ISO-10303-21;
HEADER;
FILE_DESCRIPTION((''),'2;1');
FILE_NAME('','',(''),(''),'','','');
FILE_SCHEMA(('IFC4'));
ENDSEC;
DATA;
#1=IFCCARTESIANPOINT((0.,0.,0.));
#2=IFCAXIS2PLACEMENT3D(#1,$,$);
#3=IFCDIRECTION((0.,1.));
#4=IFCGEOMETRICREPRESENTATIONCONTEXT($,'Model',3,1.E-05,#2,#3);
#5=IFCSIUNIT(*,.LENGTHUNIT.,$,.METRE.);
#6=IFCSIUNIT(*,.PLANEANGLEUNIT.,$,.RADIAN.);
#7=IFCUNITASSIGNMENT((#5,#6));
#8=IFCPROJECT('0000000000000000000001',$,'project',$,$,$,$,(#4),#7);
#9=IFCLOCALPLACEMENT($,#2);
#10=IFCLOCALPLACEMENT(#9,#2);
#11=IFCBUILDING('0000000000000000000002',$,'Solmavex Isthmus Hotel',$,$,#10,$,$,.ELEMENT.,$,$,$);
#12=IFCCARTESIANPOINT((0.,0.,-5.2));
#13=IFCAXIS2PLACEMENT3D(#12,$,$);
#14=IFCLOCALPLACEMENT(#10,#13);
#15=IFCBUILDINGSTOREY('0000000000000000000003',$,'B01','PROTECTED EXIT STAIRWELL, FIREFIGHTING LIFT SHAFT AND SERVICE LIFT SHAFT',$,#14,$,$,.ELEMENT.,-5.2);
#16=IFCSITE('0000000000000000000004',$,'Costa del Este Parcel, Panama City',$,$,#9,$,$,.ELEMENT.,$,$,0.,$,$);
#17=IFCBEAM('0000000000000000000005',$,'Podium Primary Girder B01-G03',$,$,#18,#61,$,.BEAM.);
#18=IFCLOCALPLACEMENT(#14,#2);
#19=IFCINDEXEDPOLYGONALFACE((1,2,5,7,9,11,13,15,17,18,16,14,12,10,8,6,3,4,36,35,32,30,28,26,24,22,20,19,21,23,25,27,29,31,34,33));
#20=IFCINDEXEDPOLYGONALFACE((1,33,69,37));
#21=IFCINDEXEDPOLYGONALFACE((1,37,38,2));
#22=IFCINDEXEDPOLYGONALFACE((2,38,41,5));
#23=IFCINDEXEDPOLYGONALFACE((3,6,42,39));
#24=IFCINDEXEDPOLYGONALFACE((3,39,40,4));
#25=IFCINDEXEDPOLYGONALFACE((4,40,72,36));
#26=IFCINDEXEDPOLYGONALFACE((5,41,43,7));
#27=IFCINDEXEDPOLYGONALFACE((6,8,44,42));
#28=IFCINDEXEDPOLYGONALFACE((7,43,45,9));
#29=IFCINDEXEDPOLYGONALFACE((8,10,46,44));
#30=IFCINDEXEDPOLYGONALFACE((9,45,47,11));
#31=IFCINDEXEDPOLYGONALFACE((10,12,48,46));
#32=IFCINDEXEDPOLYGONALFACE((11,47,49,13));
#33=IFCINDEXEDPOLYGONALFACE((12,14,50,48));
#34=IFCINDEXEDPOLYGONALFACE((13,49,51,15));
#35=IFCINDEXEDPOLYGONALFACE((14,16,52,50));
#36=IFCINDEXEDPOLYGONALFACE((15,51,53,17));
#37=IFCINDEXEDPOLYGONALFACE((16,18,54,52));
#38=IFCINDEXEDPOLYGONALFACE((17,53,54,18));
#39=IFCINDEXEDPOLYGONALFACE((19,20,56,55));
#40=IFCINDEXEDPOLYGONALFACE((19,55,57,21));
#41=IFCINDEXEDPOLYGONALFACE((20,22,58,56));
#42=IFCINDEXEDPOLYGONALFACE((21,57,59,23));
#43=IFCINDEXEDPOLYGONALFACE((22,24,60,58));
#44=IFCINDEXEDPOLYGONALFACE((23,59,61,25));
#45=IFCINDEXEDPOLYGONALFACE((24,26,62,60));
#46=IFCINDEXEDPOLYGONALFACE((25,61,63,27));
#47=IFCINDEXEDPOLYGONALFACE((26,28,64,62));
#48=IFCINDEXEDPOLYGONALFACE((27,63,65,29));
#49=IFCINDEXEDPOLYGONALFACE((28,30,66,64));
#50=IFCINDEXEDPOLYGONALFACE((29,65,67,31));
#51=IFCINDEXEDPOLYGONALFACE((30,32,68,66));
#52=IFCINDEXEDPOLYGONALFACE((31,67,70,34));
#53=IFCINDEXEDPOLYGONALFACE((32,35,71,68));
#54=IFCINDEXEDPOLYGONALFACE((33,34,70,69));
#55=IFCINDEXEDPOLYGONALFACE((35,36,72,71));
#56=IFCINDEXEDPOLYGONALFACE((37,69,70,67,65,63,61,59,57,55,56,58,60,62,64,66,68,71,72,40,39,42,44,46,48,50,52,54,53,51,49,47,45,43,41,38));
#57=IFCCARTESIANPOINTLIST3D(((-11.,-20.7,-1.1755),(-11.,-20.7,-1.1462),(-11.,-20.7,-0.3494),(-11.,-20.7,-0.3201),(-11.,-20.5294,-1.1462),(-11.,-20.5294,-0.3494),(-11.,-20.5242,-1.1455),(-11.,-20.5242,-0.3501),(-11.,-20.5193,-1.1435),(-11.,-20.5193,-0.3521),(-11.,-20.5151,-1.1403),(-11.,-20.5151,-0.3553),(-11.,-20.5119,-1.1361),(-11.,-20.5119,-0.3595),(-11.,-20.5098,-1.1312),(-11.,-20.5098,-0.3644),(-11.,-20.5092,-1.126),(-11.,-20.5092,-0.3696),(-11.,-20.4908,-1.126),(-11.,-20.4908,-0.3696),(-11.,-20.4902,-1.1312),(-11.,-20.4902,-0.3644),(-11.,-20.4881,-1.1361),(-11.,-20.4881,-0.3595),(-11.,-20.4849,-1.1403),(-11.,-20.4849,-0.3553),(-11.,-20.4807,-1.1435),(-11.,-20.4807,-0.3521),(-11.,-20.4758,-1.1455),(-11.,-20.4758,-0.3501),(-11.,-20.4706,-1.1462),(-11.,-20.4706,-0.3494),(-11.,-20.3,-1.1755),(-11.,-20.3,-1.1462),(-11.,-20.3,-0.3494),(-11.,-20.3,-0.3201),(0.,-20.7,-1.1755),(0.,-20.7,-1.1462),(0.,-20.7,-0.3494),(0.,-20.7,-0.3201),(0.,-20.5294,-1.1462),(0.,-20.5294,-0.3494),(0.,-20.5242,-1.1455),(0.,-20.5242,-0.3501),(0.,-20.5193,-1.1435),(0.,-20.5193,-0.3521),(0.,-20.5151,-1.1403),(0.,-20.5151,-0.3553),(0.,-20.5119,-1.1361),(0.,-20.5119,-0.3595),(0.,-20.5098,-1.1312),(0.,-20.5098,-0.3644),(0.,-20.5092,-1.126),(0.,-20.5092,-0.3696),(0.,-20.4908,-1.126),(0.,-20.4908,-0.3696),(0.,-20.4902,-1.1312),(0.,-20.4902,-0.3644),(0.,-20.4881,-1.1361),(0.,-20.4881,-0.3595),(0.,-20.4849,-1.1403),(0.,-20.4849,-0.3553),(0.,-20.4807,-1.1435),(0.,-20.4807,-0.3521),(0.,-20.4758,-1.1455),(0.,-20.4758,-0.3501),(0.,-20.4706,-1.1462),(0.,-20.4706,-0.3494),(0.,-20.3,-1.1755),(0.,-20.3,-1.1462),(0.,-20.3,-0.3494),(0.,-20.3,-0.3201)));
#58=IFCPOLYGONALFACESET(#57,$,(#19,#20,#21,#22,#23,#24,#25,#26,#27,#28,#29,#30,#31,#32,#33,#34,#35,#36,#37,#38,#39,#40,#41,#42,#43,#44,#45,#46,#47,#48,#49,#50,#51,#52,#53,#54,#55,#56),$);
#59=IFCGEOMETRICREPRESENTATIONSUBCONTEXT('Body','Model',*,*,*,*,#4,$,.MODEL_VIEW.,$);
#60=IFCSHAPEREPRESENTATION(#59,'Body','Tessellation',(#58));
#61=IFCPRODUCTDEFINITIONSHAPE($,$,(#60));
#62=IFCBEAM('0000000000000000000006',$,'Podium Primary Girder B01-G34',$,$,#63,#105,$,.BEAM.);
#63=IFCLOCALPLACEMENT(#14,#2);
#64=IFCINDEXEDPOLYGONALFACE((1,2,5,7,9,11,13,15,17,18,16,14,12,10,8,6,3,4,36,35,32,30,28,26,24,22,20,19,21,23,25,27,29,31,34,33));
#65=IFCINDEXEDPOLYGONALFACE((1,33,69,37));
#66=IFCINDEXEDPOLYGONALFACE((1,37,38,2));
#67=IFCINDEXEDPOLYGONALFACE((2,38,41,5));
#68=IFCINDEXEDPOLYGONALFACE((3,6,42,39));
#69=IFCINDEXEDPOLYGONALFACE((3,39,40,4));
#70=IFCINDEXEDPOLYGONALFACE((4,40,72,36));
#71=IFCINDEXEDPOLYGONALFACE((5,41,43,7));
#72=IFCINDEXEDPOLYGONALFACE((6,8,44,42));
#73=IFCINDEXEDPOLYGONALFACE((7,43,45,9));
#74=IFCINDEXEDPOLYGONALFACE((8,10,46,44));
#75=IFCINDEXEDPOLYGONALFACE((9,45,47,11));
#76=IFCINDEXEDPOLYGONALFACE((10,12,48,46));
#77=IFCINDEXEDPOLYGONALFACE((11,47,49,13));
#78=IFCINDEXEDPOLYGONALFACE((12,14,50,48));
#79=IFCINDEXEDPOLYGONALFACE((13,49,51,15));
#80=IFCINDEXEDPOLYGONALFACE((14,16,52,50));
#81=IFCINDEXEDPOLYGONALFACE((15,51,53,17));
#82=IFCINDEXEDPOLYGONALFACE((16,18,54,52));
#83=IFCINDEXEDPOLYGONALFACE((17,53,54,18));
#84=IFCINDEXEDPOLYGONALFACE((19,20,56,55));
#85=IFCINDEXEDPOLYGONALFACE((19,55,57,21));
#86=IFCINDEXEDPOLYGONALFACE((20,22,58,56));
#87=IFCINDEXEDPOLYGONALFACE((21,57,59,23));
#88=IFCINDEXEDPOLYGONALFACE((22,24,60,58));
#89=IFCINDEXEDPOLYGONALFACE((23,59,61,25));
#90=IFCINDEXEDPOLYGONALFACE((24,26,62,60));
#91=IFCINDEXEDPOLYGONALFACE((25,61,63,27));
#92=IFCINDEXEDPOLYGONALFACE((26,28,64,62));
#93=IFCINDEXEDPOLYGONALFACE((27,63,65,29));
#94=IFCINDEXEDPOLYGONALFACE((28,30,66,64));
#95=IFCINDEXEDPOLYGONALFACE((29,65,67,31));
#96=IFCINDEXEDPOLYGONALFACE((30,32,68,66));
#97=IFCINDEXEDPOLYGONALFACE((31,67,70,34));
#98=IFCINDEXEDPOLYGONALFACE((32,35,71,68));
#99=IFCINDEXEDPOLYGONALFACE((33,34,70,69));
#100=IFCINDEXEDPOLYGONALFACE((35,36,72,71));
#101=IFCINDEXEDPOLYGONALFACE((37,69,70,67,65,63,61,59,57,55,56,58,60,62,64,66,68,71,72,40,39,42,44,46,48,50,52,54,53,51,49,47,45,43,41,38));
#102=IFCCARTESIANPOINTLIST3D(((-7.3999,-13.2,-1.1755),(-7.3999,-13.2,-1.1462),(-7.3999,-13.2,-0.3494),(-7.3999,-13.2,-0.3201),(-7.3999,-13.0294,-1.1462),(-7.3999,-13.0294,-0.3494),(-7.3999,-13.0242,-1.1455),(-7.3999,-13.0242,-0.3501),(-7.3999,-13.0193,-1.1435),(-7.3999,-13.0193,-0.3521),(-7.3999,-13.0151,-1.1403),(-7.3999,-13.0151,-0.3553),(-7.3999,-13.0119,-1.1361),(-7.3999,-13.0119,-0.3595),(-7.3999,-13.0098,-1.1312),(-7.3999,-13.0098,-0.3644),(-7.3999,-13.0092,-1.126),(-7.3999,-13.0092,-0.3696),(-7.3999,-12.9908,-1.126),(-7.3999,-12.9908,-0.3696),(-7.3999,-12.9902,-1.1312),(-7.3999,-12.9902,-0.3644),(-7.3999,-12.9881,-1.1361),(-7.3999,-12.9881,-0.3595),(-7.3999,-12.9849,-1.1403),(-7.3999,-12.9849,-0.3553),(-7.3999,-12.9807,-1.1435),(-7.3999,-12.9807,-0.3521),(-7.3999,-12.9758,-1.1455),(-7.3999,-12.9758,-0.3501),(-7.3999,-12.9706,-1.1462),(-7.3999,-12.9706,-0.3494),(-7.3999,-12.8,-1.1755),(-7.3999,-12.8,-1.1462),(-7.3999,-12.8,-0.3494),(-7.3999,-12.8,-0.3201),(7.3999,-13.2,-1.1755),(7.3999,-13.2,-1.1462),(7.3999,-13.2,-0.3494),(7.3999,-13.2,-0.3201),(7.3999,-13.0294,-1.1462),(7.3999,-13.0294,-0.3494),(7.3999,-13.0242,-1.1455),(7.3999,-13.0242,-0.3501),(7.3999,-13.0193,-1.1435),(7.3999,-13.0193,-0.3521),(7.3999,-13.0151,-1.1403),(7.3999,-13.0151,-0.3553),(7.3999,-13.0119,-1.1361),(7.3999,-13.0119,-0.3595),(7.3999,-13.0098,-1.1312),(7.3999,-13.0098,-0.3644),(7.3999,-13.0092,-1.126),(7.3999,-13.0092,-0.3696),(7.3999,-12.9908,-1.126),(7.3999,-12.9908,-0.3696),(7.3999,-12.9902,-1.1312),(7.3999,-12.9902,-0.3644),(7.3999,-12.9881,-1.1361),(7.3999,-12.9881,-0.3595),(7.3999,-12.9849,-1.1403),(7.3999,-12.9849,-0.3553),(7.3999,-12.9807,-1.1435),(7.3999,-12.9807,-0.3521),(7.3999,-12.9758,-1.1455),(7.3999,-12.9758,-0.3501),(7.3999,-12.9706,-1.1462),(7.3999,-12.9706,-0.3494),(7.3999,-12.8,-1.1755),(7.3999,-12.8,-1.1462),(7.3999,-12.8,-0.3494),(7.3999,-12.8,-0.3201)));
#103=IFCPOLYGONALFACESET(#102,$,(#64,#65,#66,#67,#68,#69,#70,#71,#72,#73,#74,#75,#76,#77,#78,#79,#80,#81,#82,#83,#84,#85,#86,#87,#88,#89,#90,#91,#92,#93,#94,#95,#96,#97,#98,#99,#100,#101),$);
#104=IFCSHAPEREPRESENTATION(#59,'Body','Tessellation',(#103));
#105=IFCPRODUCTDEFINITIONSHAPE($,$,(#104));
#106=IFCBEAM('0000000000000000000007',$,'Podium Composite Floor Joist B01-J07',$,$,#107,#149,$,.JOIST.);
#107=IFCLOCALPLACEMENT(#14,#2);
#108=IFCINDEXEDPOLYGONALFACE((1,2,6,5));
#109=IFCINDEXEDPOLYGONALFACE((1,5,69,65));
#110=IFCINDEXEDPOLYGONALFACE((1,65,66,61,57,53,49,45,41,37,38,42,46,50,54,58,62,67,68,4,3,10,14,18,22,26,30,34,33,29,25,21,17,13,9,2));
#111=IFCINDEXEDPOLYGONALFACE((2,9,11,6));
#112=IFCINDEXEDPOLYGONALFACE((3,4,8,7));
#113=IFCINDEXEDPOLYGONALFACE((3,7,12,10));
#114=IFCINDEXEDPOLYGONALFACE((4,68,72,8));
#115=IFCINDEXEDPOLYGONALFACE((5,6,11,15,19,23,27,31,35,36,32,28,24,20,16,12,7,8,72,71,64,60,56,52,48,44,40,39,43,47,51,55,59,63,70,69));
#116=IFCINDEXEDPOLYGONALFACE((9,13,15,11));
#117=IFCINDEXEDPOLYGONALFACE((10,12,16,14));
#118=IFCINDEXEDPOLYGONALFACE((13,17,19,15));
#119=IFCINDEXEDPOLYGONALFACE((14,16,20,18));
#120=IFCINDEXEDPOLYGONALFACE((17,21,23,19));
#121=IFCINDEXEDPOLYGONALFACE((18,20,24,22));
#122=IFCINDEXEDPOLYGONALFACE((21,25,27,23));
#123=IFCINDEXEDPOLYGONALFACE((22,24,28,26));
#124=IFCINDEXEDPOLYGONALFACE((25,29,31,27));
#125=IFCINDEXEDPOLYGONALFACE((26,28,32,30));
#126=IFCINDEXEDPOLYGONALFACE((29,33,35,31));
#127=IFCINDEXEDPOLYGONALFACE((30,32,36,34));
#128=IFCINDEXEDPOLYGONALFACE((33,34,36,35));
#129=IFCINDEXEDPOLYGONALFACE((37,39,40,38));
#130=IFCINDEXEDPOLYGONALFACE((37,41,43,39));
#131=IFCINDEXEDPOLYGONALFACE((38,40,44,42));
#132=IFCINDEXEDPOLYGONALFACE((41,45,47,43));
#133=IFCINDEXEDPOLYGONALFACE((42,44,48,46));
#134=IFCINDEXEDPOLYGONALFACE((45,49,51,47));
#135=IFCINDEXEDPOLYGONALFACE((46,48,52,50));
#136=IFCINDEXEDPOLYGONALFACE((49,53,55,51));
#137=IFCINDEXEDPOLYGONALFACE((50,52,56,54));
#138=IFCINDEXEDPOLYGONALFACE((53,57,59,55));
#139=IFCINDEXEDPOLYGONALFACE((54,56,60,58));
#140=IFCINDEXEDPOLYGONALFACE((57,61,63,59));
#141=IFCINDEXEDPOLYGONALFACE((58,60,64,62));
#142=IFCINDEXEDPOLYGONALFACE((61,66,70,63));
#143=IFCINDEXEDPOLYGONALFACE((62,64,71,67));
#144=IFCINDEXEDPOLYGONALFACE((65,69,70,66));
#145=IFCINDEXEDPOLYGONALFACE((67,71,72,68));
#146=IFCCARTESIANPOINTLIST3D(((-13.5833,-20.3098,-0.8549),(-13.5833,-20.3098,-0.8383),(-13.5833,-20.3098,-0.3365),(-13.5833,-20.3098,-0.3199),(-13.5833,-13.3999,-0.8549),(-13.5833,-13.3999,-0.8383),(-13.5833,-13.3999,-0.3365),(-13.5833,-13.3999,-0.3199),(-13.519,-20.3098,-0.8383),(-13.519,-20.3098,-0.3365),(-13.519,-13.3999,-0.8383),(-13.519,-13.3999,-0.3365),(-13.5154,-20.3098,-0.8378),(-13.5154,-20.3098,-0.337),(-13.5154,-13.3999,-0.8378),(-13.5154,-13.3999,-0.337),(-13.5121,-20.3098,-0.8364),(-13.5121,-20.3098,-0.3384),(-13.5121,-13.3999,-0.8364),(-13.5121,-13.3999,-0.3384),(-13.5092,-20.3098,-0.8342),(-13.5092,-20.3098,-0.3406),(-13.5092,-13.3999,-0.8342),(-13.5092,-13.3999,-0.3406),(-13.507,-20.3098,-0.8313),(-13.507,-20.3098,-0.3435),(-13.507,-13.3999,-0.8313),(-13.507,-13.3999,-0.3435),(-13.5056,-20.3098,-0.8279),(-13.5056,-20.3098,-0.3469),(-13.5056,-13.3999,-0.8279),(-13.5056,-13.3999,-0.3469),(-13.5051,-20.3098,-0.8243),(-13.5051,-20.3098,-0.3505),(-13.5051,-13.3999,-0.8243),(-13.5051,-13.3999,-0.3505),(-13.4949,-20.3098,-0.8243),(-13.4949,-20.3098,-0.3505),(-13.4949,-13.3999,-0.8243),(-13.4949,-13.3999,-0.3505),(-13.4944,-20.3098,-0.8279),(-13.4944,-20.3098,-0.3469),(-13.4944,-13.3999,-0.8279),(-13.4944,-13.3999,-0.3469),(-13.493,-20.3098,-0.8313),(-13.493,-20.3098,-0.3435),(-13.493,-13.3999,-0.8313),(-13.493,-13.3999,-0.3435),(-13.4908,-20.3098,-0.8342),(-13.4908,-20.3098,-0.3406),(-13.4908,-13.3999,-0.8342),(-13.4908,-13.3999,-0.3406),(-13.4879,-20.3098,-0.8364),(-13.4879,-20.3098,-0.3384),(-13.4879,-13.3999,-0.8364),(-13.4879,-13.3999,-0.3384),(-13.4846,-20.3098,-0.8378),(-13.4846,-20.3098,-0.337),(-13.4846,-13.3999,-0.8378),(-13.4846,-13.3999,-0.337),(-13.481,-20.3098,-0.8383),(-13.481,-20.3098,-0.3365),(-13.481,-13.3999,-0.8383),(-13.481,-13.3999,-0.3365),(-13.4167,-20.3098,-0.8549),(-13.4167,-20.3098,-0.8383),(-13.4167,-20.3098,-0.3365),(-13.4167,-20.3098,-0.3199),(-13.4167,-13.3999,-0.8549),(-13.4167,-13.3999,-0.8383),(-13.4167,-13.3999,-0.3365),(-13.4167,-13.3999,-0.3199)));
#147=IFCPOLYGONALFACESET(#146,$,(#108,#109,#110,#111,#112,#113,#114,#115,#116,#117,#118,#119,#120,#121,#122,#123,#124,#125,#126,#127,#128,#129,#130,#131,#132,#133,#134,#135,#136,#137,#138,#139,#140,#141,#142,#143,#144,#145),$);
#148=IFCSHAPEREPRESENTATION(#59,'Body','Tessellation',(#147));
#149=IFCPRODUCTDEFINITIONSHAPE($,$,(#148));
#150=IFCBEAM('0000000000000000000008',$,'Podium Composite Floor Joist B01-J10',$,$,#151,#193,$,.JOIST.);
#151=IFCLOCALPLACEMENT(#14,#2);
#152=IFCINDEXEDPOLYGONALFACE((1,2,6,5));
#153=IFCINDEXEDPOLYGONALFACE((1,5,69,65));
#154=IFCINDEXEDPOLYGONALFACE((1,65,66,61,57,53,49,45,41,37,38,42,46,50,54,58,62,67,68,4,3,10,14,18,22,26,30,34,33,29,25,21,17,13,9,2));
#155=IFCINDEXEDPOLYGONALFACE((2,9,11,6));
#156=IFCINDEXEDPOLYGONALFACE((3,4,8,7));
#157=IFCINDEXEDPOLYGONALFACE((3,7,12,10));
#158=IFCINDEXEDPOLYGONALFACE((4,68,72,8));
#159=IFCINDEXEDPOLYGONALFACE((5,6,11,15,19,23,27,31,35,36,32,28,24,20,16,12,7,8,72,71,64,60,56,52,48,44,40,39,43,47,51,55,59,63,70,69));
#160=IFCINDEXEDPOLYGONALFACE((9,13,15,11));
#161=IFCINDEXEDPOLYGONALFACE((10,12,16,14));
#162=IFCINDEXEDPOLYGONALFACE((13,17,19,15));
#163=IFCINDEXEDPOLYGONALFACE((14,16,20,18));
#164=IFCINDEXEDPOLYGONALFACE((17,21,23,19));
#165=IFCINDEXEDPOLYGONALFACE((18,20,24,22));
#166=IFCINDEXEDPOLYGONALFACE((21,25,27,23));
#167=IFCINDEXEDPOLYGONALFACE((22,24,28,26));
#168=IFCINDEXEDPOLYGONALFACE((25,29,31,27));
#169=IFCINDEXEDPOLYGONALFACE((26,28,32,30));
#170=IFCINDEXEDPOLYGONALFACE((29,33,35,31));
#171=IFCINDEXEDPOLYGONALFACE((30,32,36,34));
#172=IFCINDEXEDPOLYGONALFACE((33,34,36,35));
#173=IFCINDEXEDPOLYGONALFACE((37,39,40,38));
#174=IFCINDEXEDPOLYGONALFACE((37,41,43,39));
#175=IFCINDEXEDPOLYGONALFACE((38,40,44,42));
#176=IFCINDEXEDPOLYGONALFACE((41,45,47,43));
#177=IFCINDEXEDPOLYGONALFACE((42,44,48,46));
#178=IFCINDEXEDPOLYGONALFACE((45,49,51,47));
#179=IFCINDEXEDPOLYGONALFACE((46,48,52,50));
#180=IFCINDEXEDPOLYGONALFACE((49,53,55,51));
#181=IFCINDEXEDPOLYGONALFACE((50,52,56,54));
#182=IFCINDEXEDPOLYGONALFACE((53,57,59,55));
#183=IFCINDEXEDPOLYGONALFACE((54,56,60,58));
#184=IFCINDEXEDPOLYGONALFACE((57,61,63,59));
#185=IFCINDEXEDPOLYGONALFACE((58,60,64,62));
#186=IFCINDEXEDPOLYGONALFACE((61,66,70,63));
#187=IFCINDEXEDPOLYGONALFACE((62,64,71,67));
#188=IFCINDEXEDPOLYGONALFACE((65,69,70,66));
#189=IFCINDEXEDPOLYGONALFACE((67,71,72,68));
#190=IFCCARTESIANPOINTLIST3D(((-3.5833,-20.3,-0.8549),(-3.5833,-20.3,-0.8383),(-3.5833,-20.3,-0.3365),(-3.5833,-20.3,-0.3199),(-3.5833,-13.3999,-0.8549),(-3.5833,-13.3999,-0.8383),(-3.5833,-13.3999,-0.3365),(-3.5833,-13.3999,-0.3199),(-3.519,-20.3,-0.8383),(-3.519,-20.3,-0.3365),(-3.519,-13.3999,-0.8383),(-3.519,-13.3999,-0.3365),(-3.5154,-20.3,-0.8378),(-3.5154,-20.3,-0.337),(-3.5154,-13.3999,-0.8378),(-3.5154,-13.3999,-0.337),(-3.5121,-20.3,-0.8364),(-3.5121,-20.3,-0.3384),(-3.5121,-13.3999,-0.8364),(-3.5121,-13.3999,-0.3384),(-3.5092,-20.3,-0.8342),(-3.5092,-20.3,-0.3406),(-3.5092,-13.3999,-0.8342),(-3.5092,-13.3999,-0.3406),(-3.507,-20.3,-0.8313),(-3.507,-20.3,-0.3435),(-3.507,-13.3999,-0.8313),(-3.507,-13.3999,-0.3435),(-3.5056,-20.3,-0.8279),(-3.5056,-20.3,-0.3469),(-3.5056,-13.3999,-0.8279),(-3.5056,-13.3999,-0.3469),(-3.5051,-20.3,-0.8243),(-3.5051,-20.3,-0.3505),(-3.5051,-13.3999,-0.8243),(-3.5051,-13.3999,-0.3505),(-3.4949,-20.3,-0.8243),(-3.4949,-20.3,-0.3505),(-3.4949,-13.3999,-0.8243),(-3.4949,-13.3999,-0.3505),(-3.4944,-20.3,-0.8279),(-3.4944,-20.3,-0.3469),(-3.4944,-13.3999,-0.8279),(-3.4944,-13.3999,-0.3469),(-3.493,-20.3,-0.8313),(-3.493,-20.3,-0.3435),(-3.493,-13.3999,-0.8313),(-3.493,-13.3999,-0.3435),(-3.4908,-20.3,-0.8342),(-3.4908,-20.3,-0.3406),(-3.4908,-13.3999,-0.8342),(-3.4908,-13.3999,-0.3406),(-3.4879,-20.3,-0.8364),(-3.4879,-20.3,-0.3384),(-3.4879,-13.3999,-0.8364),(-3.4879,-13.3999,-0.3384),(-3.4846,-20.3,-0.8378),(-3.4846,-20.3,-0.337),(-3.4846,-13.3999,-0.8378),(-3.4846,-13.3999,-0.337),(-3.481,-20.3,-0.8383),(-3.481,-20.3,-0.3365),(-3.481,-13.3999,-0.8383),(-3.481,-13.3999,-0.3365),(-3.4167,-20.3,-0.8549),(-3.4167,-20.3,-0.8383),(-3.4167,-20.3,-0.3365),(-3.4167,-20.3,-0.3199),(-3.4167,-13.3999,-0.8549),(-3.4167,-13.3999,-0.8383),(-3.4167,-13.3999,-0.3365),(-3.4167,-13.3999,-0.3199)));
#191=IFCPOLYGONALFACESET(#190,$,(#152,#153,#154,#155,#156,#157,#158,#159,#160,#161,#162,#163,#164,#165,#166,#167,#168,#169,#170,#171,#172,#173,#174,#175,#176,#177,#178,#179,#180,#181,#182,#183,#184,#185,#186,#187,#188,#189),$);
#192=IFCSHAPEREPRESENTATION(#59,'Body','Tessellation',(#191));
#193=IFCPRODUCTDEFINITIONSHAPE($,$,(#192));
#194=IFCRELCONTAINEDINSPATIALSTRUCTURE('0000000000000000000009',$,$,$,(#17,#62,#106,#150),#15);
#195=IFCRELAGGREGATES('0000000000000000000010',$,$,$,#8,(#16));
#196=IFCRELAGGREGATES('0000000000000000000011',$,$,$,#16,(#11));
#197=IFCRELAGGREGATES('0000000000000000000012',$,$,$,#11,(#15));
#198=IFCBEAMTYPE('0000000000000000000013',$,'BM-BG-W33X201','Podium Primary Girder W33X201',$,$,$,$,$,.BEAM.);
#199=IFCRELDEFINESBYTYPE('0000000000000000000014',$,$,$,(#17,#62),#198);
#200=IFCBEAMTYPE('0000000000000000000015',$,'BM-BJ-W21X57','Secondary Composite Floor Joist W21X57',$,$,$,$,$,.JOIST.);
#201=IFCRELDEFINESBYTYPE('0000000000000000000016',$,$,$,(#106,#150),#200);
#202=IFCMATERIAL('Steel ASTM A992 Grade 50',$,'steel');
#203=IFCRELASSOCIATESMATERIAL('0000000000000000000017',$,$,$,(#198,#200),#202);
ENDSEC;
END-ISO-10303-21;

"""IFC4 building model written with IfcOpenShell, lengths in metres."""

from ifc_helpers import new_model, si_unit, direction, frame, origin, origin_2d, place, context, subcontext, project, spatial, i_section, extrude, material, material_profile, profile_set, type_object, element, save


model = new_model("IFC4")

# Units and contexts
model_context = context("Model", 3, precision=1e-05, world=origin(), true_north=direction((0.0, 1.0)))
body_context = subcontext(model_context, "Body", "Model", "MODEL_VIEW")
ifc_project = project(units=[si_unit("LENGTHUNIT", "METRE"), si_unit("PLANEANGLEUNIT", "RADIAN")], contexts=[model_context])

# Site, building, storey
site_placement = place(None, origin())
site = spatial("IfcSite", under=ifc_project, at=site_placement, Name="Costa del Este Parcel, Panama City", CompositionType="ELEMENT", RefElevation=0.0)
building_placement = place(site_placement, origin())
building = spatial("IfcBuilding", under=site, at=building_placement, Name="Solmavex Isthmus Hotel", CompositionType="ELEMENT")
storey_placement = place(building_placement, frame((0.0, 0.0, -5.2)))
storey = spatial("IfcBuildingStorey", under=building, at=storey_placement, Name="B01", Description="PROTECTED EXIT STAIRWELL, FIREFIGHTING LIFT SHAFT AND SERVICE LIFT SHAFT", CompositionType="ELEMENT", Elevation=-5.2)

# Beams
ifc_material_1 = material(Name="Steel ASTM A992 Grade 50", Category="steel")
ifc_material_profile_1 = material_profile(ifc_material_1, i_section(OverallWidth=0.3999, OverallDepth=0.8555, WebThickness=0.0183, FlangeThickness=0.0293, FilletRadius=0.0203, at=origin_2d()), Name="W33X201")
ifc_profile_set_1 = profile_set([ifc_material_profile_1], Name="Steel ASTM A992 Grade 50")
beam_type_1 = type_object("IfcBeamType", Name="BM-BG-W33X201", Description="Podium Primary Girder W33X201", PredefinedType="BEAM", material=ifc_profile_set_1)
beam_1_placement = place(storey_placement, frame((-11.0, -20.5, -0.7478), z_axis=(1.0, 0.0, 0.0), x_axis=(0.0, 1.0, 0.0)))
element("IfcBeam", 1, at=beam_1_placement, inside=storey, type_object=beam_type_1, Name="Podium Primary Girder B01-G03", PredefinedType="BEAM", context=body_context, shape_type="SweptSolid", body=[
    extrude(i_section(OverallWidth=0.3999, OverallDepth=0.8555, WebThickness=0.0183, FlangeThickness=0.0293, FilletRadius=0.0203, at=origin_2d()), origin(), (0.0, 0.0, 1.0), 11.0),
])
beam_2_placement = place(storey_placement, frame((-7.3999, -13.0, -0.7478), z_axis=(1.0, 0.0, 0.0), x_axis=(0.0, 1.0, 0.0)))
element("IfcBeam", 2, at=beam_2_placement, inside=storey, type_object=beam_type_1, Name="Podium Primary Girder B01-G34", PredefinedType="BEAM", context=body_context, shape_type="SweptSolid", body=[
    extrude(i_section(OverallWidth=0.3999, OverallDepth=0.8555, WebThickness=0.0183, FlangeThickness=0.0293, FilletRadius=0.0203, at=origin_2d()), origin(), (0.0, 0.0, 1.0), 14.7998),
])
ifc_material_profile_2 = material_profile(ifc_material_1, i_section(OverallWidth=0.1665, OverallDepth=0.5349, WebThickness=0.0103, FlangeThickness=0.0166, FilletRadius=0.0139, at=origin_2d()), Name="W21X57")
ifc_profile_set_2 = profile_set([ifc_material_profile_2], Name="Steel ASTM A992 Grade 50")
beam_type_2 = type_object("IfcBeamType", Name="BM-BJ-W21X57", Description="Secondary Composite Floor Joist W21X57", PredefinedType="JOIST", material=ifc_profile_set_2)
beam_3_placement = place(storey_placement, frame((-13.5, -20.3098, -0.5874), z_axis=(0.0, 1.0, 0.0), x_axis=(-1.0, 0.0, 0.0)))
element("IfcBeam", 3, at=beam_3_placement, inside=storey, type_object=beam_type_2, Name="Podium Composite Floor Joist B01-J07", PredefinedType="JOIST", context=body_context, shape_type="SweptSolid", body=[
    extrude(i_section(OverallWidth=0.1665, OverallDepth=0.5349, WebThickness=0.0103, FlangeThickness=0.0166, FilletRadius=0.0139, at=origin_2d()), origin(), (0.0, 0.0, 1.0), 6.9099),
])
beam_4_placement = place(storey_placement, frame((-3.5, -20.3, -0.5874), z_axis=(0.0, 1.0, 0.0), x_axis=(-1.0, 0.0, 0.0)))
element("IfcBeam", 4, at=beam_4_placement, inside=storey, type_object=beam_type_2, Name="Podium Composite Floor Joist B01-J10", PredefinedType="JOIST", context=body_context, shape_type="SweptSolid", body=[
    extrude(i_section(OverallWidth=0.1665, OverallDepth=0.5349, WebThickness=0.0103, FlangeThickness=0.0166, FilletRadius=0.0139, at=origin_2d()), origin(), (0.0, 0.0, 1.0), 6.9001),
])

save(model, "model.ifc")
